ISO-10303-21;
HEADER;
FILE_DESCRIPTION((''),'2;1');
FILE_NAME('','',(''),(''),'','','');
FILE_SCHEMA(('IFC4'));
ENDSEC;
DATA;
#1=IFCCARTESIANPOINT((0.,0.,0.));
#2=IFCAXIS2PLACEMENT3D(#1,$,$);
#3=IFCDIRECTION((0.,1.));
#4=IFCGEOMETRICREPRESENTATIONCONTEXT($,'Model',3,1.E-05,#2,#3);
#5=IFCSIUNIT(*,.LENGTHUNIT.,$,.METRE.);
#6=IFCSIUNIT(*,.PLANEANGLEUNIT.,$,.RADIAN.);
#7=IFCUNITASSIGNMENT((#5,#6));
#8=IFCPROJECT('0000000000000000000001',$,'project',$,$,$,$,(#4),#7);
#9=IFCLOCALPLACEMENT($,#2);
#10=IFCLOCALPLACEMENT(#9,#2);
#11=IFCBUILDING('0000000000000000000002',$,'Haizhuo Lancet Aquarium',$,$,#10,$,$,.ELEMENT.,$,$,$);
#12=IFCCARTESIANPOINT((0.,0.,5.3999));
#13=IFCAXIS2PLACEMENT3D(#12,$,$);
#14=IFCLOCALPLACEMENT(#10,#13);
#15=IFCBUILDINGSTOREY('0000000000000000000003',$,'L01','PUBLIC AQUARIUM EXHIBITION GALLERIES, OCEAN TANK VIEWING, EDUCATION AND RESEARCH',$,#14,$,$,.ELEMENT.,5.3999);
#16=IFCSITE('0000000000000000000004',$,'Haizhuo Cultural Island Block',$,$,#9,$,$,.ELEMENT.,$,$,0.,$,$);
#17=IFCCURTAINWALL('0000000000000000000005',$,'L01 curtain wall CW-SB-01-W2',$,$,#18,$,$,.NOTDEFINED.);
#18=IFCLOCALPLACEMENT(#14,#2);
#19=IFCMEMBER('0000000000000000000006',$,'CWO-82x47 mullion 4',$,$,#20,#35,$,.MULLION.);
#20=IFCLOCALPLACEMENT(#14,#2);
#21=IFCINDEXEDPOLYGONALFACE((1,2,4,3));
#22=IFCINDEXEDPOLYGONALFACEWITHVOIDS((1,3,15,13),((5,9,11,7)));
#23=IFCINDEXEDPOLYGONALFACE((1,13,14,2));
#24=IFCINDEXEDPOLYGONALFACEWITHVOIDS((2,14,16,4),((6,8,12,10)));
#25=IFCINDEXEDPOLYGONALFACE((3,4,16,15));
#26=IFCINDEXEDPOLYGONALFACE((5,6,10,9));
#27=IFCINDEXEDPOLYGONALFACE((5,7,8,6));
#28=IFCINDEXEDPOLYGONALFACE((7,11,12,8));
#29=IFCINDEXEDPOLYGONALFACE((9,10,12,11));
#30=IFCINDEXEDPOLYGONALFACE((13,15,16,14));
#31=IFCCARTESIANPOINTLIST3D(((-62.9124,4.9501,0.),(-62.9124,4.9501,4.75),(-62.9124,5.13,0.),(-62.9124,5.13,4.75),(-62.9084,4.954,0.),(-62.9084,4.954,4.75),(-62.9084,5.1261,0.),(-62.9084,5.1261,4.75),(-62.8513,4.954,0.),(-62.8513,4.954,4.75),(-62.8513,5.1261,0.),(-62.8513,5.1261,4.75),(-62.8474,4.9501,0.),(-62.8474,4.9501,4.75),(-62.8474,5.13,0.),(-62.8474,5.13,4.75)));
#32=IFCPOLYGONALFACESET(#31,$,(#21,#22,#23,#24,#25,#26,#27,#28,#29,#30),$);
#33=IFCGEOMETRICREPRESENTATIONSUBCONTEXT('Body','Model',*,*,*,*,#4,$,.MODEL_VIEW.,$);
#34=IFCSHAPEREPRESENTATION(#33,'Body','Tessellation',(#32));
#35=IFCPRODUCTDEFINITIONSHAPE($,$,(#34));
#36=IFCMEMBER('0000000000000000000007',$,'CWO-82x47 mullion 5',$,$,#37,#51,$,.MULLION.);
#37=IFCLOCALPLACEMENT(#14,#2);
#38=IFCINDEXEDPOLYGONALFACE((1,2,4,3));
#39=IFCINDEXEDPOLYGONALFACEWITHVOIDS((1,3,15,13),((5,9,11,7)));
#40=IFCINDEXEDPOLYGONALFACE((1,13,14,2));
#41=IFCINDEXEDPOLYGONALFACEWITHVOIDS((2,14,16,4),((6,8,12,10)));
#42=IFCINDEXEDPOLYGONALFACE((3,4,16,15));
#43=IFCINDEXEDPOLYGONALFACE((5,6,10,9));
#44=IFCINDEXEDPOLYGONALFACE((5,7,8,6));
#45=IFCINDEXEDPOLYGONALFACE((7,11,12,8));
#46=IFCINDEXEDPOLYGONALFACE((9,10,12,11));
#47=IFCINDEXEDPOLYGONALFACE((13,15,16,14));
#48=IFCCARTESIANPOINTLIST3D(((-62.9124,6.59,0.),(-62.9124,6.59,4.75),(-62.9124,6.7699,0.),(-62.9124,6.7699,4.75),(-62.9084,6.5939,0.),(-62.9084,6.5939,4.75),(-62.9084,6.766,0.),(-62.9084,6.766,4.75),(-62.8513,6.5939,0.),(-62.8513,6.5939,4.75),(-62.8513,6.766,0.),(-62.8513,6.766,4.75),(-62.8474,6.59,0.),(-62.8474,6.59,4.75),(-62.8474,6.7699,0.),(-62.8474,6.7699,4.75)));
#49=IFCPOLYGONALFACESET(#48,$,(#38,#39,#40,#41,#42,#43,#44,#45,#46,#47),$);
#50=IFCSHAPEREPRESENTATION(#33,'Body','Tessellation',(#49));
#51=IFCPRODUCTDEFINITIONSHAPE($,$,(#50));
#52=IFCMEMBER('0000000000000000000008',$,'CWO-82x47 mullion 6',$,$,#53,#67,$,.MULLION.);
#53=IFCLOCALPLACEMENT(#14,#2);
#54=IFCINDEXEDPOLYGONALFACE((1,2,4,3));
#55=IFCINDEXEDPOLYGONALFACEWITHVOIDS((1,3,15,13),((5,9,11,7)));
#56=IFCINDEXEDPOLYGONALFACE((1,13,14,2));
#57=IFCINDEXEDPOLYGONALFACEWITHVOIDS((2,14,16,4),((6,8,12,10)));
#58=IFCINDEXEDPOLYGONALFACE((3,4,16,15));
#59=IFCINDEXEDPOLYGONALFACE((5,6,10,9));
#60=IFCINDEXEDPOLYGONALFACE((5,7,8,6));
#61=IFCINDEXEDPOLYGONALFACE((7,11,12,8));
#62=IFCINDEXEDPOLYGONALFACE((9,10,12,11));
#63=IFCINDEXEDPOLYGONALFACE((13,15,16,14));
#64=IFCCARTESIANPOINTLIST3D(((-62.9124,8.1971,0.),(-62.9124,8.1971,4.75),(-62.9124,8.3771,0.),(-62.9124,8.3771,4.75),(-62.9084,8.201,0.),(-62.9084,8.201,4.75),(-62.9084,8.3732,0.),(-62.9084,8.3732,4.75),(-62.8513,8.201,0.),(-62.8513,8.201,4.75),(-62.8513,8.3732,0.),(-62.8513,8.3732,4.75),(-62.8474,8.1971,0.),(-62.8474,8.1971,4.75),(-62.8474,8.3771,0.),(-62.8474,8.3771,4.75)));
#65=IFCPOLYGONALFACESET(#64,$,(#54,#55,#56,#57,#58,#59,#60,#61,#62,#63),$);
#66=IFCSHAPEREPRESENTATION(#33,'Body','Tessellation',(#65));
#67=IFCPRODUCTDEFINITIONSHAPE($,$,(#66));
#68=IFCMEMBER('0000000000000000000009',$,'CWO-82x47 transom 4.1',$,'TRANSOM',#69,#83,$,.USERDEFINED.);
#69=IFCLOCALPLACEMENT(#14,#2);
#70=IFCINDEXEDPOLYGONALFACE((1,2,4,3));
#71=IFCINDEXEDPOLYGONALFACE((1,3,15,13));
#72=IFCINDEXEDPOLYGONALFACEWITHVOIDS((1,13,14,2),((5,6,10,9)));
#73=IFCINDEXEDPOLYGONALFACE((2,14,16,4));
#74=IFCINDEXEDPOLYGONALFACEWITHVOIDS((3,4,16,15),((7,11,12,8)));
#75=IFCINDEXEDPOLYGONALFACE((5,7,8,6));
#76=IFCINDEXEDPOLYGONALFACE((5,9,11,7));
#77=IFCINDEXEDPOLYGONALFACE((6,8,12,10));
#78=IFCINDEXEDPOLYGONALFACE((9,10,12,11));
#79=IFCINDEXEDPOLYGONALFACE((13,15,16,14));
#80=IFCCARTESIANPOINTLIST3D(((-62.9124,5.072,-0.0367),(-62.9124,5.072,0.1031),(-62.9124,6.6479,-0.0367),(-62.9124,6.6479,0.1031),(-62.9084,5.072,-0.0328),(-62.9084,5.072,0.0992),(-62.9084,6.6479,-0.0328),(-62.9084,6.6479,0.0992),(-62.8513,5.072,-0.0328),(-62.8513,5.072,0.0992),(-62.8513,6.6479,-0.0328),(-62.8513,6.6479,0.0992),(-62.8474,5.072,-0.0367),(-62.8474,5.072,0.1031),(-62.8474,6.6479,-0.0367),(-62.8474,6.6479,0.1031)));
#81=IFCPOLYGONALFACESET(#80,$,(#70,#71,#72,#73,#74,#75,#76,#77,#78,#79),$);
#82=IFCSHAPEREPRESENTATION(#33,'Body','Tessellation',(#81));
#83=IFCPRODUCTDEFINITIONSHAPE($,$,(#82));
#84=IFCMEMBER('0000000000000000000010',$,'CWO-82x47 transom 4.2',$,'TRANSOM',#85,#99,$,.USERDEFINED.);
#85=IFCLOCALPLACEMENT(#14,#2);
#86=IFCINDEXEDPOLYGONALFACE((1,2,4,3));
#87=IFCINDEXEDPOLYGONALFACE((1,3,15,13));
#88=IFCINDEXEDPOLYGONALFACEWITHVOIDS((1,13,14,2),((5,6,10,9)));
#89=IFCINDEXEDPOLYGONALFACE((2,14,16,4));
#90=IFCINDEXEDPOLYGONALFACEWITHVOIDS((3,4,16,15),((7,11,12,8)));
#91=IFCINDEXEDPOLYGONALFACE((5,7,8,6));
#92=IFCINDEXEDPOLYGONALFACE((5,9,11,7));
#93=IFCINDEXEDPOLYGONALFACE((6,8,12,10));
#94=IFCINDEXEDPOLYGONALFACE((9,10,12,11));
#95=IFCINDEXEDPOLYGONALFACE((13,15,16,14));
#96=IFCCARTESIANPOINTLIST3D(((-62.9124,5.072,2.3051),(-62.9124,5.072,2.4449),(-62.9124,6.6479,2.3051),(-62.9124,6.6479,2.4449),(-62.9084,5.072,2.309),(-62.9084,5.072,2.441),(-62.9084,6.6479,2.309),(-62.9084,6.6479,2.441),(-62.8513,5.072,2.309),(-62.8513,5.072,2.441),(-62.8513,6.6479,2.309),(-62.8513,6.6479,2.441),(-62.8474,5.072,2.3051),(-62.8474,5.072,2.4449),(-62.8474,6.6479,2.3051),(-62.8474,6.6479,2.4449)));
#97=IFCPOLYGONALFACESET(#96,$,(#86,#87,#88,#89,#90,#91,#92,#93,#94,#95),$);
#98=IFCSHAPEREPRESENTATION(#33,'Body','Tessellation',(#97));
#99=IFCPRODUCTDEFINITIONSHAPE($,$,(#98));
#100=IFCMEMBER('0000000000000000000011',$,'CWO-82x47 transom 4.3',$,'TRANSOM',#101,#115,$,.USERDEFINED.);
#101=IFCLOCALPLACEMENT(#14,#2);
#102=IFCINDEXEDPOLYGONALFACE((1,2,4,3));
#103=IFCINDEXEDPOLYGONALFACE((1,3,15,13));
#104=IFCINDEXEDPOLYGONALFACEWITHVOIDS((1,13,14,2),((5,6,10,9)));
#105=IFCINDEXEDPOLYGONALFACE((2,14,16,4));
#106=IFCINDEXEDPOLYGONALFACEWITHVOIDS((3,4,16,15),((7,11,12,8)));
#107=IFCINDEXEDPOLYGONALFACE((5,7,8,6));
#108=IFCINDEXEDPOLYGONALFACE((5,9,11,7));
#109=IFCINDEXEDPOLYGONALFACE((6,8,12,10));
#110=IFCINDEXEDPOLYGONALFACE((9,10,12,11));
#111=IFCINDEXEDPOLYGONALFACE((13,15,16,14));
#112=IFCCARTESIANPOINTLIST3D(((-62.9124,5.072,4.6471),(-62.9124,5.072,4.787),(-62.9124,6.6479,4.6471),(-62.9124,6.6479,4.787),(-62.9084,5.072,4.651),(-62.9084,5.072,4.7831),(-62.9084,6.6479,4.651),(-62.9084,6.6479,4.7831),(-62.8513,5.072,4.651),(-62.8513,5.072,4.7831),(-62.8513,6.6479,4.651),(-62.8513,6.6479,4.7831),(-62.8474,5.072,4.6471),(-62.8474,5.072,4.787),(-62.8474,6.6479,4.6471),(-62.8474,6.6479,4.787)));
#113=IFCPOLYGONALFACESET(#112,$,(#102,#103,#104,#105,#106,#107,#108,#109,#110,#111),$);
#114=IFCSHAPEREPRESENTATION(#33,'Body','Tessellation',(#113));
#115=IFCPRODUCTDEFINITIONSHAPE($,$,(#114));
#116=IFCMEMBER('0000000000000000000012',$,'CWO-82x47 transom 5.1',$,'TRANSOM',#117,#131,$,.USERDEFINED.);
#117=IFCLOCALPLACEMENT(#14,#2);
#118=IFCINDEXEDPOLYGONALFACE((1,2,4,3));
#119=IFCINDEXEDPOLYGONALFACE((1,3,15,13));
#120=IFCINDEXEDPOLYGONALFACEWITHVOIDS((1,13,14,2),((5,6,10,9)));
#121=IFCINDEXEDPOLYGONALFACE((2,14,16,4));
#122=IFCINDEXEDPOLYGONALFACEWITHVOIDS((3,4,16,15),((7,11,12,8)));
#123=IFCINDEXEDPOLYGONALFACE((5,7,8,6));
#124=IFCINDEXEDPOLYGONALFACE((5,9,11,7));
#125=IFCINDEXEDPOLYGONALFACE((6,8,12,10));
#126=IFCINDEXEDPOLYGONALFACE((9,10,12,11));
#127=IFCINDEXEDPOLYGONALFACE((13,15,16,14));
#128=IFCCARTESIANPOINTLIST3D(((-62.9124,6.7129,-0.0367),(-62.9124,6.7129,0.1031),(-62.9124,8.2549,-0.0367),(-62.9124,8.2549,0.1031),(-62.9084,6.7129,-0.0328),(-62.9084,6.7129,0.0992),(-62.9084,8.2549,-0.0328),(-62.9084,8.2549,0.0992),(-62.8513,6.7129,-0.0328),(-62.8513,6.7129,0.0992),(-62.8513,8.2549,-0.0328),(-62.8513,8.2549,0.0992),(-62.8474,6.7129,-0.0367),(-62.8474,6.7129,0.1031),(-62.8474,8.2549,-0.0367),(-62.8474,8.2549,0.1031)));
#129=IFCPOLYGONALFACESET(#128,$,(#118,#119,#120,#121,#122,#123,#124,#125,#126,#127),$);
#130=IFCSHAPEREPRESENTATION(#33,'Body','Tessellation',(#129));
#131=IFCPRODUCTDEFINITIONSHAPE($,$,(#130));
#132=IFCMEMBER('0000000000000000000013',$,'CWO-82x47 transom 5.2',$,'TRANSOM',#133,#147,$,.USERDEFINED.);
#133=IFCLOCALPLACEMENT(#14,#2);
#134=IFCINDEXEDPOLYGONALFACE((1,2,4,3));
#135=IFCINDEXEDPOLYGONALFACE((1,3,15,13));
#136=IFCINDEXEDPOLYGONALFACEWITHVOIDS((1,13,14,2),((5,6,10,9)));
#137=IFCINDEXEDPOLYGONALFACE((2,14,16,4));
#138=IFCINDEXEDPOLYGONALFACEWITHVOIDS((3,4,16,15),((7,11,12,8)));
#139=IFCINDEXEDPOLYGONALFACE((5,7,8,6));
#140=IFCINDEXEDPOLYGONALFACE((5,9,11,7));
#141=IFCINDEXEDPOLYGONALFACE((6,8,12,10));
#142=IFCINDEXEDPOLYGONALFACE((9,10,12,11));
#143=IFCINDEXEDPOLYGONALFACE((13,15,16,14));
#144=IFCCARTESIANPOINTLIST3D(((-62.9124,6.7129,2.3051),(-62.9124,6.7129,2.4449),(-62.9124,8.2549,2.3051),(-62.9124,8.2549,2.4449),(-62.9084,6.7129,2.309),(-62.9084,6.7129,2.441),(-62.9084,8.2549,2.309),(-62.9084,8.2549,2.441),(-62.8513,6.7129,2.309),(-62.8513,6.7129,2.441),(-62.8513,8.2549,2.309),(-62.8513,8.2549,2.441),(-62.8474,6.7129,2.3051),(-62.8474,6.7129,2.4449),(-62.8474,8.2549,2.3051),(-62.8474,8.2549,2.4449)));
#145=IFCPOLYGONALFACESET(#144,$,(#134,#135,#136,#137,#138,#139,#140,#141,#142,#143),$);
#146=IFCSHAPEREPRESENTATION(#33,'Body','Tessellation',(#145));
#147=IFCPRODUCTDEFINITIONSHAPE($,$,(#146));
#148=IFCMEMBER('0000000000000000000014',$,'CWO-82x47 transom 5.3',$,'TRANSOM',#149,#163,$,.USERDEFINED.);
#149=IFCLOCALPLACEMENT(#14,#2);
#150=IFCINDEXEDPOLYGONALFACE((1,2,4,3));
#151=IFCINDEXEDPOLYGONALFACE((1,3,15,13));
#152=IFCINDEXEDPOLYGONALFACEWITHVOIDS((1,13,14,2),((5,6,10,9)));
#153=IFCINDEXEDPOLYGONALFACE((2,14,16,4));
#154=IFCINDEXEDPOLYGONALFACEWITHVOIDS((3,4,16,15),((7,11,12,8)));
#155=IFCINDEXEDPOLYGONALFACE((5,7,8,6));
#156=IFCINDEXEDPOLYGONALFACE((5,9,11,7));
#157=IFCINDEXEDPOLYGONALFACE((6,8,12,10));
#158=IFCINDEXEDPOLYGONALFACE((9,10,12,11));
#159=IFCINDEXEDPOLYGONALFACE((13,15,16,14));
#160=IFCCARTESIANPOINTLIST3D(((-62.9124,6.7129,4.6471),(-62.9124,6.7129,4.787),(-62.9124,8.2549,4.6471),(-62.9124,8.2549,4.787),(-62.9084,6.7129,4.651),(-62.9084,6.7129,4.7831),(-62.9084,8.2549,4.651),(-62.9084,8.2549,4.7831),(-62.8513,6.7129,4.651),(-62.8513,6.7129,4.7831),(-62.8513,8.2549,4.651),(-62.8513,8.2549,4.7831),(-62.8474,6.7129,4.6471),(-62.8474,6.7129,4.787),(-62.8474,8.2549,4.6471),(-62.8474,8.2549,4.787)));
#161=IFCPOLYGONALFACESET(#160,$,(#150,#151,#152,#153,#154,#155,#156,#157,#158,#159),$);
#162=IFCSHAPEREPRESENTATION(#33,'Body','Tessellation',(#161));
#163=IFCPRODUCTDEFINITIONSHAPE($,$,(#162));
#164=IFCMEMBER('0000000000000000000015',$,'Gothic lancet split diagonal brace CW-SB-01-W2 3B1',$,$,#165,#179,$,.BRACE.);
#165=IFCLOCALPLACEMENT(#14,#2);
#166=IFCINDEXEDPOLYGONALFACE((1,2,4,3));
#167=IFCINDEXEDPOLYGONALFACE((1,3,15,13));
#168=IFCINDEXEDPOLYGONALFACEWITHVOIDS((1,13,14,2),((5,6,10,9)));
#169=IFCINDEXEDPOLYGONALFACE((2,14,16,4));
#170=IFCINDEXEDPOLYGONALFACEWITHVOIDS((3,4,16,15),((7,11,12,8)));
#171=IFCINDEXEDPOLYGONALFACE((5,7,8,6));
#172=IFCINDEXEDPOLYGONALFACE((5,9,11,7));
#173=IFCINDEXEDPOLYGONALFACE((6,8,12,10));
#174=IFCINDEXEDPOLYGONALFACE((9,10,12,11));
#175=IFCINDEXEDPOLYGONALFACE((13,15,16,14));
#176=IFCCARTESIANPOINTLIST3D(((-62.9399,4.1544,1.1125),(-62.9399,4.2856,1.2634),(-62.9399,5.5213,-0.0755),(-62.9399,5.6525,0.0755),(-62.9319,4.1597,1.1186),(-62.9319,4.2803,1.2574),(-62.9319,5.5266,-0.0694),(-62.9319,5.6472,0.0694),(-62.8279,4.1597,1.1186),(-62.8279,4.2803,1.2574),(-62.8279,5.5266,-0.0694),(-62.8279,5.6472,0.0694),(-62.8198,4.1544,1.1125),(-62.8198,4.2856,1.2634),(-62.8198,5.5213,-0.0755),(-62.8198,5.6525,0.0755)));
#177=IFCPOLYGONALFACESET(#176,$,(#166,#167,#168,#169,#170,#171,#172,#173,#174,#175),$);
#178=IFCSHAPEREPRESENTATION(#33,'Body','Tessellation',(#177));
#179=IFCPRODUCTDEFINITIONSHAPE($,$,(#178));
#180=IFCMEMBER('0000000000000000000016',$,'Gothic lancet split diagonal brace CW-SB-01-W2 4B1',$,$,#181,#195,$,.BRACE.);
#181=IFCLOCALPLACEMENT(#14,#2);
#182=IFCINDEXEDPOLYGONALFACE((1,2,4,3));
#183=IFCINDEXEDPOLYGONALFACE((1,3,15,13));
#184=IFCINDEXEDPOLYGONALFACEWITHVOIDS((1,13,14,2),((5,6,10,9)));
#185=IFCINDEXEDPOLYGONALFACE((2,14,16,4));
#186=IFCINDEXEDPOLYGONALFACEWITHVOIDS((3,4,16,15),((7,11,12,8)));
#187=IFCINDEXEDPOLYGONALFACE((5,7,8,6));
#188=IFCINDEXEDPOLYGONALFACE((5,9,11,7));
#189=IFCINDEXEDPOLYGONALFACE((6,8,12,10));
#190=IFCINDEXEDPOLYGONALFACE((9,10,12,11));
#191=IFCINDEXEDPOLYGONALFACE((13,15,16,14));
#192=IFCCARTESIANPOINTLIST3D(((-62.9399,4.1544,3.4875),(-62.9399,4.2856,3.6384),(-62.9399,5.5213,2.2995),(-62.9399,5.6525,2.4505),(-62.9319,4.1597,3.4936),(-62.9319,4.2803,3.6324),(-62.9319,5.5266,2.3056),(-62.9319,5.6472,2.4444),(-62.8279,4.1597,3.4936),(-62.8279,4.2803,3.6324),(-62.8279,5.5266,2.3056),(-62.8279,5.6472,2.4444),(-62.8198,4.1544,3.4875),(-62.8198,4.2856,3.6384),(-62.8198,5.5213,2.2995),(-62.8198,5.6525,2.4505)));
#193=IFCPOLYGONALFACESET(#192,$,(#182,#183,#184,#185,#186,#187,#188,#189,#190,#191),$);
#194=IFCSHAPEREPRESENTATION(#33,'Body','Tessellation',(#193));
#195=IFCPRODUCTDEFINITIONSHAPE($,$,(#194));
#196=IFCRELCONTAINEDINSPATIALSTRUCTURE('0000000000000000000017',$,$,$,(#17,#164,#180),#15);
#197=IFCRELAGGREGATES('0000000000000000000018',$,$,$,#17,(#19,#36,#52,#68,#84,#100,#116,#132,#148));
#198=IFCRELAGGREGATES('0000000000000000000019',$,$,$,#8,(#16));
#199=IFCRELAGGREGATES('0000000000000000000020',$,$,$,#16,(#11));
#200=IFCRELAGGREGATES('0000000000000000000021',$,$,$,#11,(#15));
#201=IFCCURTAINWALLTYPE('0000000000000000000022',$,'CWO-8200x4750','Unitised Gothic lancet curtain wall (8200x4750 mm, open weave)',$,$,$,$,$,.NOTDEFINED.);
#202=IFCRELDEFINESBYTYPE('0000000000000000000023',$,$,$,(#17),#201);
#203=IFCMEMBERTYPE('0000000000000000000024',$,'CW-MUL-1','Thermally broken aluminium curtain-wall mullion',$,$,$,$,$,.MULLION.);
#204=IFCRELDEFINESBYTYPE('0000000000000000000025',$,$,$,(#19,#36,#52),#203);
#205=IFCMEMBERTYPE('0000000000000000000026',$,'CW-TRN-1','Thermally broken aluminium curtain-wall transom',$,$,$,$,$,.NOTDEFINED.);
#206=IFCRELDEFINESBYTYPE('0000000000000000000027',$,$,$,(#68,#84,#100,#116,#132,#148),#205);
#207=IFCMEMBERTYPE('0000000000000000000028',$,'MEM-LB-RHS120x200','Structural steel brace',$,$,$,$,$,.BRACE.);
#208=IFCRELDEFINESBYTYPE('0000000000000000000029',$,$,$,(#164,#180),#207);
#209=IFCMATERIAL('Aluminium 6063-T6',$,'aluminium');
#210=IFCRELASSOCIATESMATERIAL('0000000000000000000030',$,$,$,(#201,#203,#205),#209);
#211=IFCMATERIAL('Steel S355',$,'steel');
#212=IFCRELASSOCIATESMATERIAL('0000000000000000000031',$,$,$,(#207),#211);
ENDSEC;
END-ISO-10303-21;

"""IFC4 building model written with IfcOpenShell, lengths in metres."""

from ifc_helpers import new_model, si_unit, direction, frame, origin, origin_2d, place, context, subcontext, project, spatial, hollow_rectangle, extrude, material, material_profile, profile_set, type_object, element, aggregate, save


model = new_model("IFC4")

# Units and contexts
model_context = context("Model", 3, precision=1e-05, world=origin(), true_north=direction((0.0, 1.0)))
body_context = subcontext(model_context, "Body", "Model", "MODEL_VIEW")
ifc_project = project(units=[si_unit("LENGTHUNIT", "METRE"), si_unit("PLANEANGLEUNIT", "RADIAN")], contexts=[model_context])

# Site, building, storey
site_placement = place(None, origin())
site = spatial("IfcSite", under=ifc_project, at=site_placement, Name="Haizhuo Cultural Island Block", CompositionType="ELEMENT", RefElevation=0.0)
building_placement = place(site_placement, origin())
building = spatial("IfcBuilding", under=site, at=building_placement, Name="Haizhuo Lancet Aquarium", CompositionType="ELEMENT")
storey_placement = place(building_placement, frame((0.0, 0.0, 5.3999)))
storey = spatial("IfcBuildingStorey", under=building, at=storey_placement, Name="L01", Description="PUBLIC AQUARIUM EXHIBITION GALLERIES, OCEAN TANK VIEWING, EDUCATION AND RESEARCH", CompositionType="ELEMENT", Elevation=5.3999)

# Curtain wall, members
ifc_material_1 = material(Name="Aluminium 6063-T6", Category="aluminium")
curtain_wall_type = type_object("IfcCurtainWallType", Name="CWO-8200x4750", Description="Unitised Gothic lancet curtain wall (8200x4750 mm, open weave)", PredefinedType="NOTDEFINED", material=ifc_material_1)
curtain_wall_placement = place(storey_placement, origin())
curtain_wall = element("IfcCurtainWall", 1, at=curtain_wall_placement, inside=storey, type_object=curtain_wall_type, Name="L01 curtain wall CW-SB-01-W2", PredefinedType="NOTDEFINED")
ifc_material_profile_1 = material_profile(ifc_material_1, hollow_rectangle(XDim=0.0649, YDim=0.1799, WallThickness=0.0039, at=origin_2d()), Name="ALU-M 65x180x4")
ifc_profile_set_1 = profile_set([ifc_material_profile_1], Name="Aluminium 6063-T6")
member_type_1 = type_object("IfcMemberType", Name="CW-MUL-1", Description="Thermally broken aluminium curtain-wall mullion", PredefinedType="MULLION", material=ifc_profile_set_1)
member_1_placement = place(storey_placement, frame((-62.8799, 5.04, 0.0), z_axis=(0.0, 0.0, 1.0), x_axis=(-1.0, 0.0, 0.0)))
member_1 = element("IfcMember", 2, at=member_1_placement, type_object=member_type_1, Name="CWO-82x47 mullion 4", PredefinedType="MULLION", context=body_context, shape_type="SweptSolid", body=[
    extrude(hollow_rectangle(XDim=0.0649, YDim=0.1799, WallThickness=0.0039, at=origin_2d()), origin(), (0.0, 0.0, 1.0), 4.75),
])
member_2_placement = place(storey_placement, frame((-62.8799, 6.6799, 0.0), z_axis=(0.0, 0.0, 1.0), x_axis=(-1.0, 0.0, 0.0)))
member_2 = element("IfcMember", 3, at=member_2_placement, type_object=member_type_1, Name="CWO-82x47 mullion 5", PredefinedType="MULLION", context=body_context, shape_type="SweptSolid", body=[
    extrude(hollow_rectangle(XDim=0.0649, YDim=0.1799, WallThickness=0.0039, at=origin_2d()), origin(), (0.0, 0.0, 1.0), 4.75),
])
member_3_placement = place(storey_placement, frame((-62.8799, 8.2871, 0.0), z_axis=(0.0, 0.0, 1.0), x_axis=(-1.0, 0.0, 0.0)))
member_3 = element("IfcMember", 4, at=member_3_placement, type_object=member_type_1, Name="CWO-82x47 mullion 6", PredefinedType="MULLION", context=body_context, shape_type="SweptSolid", body=[
    extrude(hollow_rectangle(XDim=0.0649, YDim=0.1799, WallThickness=0.0039, at=origin_2d()), origin(), (0.0, 0.0, 1.0), 4.75),
])
ifc_material_profile_2 = material_profile(ifc_material_1, hollow_rectangle(XDim=0.0649, YDim=0.1399, WallThickness=0.0039, at=origin_2d()), Name="ALU-T 65x140x4")
ifc_profile_set_2 = profile_set([ifc_material_profile_2], Name="Aluminium 6063-T6")
member_type_2 = type_object("IfcMemberType", Name="CW-TRN-1", Description="Thermally broken aluminium curtain-wall transom", PredefinedType="NOTDEFINED", material=ifc_profile_set_2)
member_4_placement = place(storey_placement, frame((-62.8799, 5.072, 0.0332), z_axis=(0.0, 1.0, 0.0), x_axis=(-1.0, 0.0, 0.0)))
member_4 = element("IfcMember", 5, at=member_4_placement, type_object=member_type_2, Name="CWO-82x47 transom 4.1", ObjectType="TRANSOM", PredefinedType="USERDEFINED", context=body_context, shape_type="SweptSolid", body=[
    extrude(hollow_rectangle(XDim=0.0649, YDim=0.1399, WallThickness=0.0039, at=origin_2d()), origin(), (0.0, 0.0, 1.0), 1.5759),
])
member_5_placement = place(storey_placement, frame((-62.8799, 5.072, 2.375), z_axis=(0.0, 1.0, 0.0), x_axis=(-1.0, 0.0, 0.0)))
member_5 = element("IfcMember", 6, at=member_5_placement, type_object=member_type_2, Name="CWO-82x47 transom 4.2", ObjectType="TRANSOM", PredefinedType="USERDEFINED", context=body_context, shape_type="SweptSolid", body=[
    extrude(hollow_rectangle(XDim=0.0649, YDim=0.1399, WallThickness=0.0039, at=origin_2d()), origin(), (0.0, 0.0, 1.0), 1.5759),
])
member_6_placement = place(storey_placement, frame((-62.8799, 5.072, 4.717), z_axis=(0.0, 1.0, 0.0), x_axis=(-1.0, 0.0, 0.0)))
member_6 = element("IfcMember", 7, at=member_6_placement, type_object=member_type_2, Name="CWO-82x47 transom 4.3", ObjectType="TRANSOM", PredefinedType="USERDEFINED", context=body_context, shape_type="SweptSolid", body=[
    extrude(hollow_rectangle(XDim=0.0649, YDim=0.1399, WallThickness=0.0039, at=origin_2d()), origin(), (0.0, 0.0, 1.0), 1.5759),
])
member_7_placement = place(storey_placement, frame((-62.8799, 6.7129, 0.0332), z_axis=(0.0, 1.0, 0.0), x_axis=(-1.0, 0.0, 0.0)))
member_7 = element("IfcMember", 8, at=member_7_placement, type_object=member_type_2, Name="CWO-82x47 transom 5.1", ObjectType="TRANSOM", PredefinedType="USERDEFINED", context=body_context, shape_type="SweptSolid", body=[
    extrude(hollow_rectangle(XDim=0.0649, YDim=0.1399, WallThickness=0.0039, at=origin_2d()), origin(), (0.0, 0.0, 1.0), 1.542),
])
member_8_placement = place(storey_placement, frame((-62.8799, 6.7129, 2.375), z_axis=(0.0, 1.0, 0.0), x_axis=(-1.0, 0.0, 0.0)))
member_8 = element("IfcMember", 9, at=member_8_placement, type_object=member_type_2, Name="CWO-82x47 transom 5.2", ObjectType="TRANSOM", PredefinedType="USERDEFINED", context=body_context, shape_type="SweptSolid", body=[
    extrude(hollow_rectangle(XDim=0.0649, YDim=0.1399, WallThickness=0.0039, at=origin_2d()), origin(), (0.0, 0.0, 1.0), 1.542),
])
member_9_placement = place(storey_placement, frame((-62.8799, 6.7129, 4.717), z_axis=(0.0, 1.0, 0.0), x_axis=(-1.0, 0.0, 0.0)))
member_9 = element("IfcMember", 10, at=member_9_placement, type_object=member_type_2, Name="CWO-82x47 transom 5.3", ObjectType="TRANSOM", PredefinedType="USERDEFINED", context=body_context, shape_type="SweptSolid", body=[
    extrude(hollow_rectangle(XDim=0.0649, YDim=0.1399, WallThickness=0.0039, at=origin_2d()), origin(), (0.0, 0.0, 1.0), 1.542),
])

# Members
ifc_material_2 = material(Name="Steel S355", Category="steel")
ifc_material_profile_3 = material_profile(ifc_material_2, hollow_rectangle(XDim=0.1201, YDim=0.2, WallThickness=0.0081, at=origin_2d()), Name="RHS 120x200x8")
ifc_profile_set_3 = profile_set([ifc_material_profile_3], Name="Steel S355")
member_type_3 = type_object("IfcMemberType", Name="MEM-LB-RHS120x200", Description="Structural steel brace", PredefinedType="BRACE", material=ifc_profile_set_3)
for number, where, z_axis, x_axis, name in (
    (11, (-62.8799, 5.5869, 0.0), (0.0, -0.754785, 0.655972), (1.0, 0.0, 0.0), "Gothic lancet split diagonal brace CW-SB-01-W2 3B1"),
    (12, (-62.8799, 5.5869, 2.375), (0.0, -0.754785, 0.655972), (1.0, 0.0, 0.0), "Gothic lancet split diagonal brace CW-SB-01-W2 4B1"),
):
    element("IfcMember", number, at=place(storey_placement, frame(where, z_axis=z_axis, x_axis=x_axis)), inside=storey, type_object=member_type_3, Name=name, PredefinedType="BRACE", context=body_context, shape_type="SweptSolid", body=[
        extrude(hollow_rectangle(XDim=0.1201, YDim=0.2, WallThickness=0.0081, at=origin_2d()), origin(), (0.0, 0.0, 1.0), 1.811),
    ])

aggregate(curtain_wall, [member_1, member_2, member_3, member_4, member_5, member_6, member_7, member_8, member_9])

save(model, "model.ifc")
